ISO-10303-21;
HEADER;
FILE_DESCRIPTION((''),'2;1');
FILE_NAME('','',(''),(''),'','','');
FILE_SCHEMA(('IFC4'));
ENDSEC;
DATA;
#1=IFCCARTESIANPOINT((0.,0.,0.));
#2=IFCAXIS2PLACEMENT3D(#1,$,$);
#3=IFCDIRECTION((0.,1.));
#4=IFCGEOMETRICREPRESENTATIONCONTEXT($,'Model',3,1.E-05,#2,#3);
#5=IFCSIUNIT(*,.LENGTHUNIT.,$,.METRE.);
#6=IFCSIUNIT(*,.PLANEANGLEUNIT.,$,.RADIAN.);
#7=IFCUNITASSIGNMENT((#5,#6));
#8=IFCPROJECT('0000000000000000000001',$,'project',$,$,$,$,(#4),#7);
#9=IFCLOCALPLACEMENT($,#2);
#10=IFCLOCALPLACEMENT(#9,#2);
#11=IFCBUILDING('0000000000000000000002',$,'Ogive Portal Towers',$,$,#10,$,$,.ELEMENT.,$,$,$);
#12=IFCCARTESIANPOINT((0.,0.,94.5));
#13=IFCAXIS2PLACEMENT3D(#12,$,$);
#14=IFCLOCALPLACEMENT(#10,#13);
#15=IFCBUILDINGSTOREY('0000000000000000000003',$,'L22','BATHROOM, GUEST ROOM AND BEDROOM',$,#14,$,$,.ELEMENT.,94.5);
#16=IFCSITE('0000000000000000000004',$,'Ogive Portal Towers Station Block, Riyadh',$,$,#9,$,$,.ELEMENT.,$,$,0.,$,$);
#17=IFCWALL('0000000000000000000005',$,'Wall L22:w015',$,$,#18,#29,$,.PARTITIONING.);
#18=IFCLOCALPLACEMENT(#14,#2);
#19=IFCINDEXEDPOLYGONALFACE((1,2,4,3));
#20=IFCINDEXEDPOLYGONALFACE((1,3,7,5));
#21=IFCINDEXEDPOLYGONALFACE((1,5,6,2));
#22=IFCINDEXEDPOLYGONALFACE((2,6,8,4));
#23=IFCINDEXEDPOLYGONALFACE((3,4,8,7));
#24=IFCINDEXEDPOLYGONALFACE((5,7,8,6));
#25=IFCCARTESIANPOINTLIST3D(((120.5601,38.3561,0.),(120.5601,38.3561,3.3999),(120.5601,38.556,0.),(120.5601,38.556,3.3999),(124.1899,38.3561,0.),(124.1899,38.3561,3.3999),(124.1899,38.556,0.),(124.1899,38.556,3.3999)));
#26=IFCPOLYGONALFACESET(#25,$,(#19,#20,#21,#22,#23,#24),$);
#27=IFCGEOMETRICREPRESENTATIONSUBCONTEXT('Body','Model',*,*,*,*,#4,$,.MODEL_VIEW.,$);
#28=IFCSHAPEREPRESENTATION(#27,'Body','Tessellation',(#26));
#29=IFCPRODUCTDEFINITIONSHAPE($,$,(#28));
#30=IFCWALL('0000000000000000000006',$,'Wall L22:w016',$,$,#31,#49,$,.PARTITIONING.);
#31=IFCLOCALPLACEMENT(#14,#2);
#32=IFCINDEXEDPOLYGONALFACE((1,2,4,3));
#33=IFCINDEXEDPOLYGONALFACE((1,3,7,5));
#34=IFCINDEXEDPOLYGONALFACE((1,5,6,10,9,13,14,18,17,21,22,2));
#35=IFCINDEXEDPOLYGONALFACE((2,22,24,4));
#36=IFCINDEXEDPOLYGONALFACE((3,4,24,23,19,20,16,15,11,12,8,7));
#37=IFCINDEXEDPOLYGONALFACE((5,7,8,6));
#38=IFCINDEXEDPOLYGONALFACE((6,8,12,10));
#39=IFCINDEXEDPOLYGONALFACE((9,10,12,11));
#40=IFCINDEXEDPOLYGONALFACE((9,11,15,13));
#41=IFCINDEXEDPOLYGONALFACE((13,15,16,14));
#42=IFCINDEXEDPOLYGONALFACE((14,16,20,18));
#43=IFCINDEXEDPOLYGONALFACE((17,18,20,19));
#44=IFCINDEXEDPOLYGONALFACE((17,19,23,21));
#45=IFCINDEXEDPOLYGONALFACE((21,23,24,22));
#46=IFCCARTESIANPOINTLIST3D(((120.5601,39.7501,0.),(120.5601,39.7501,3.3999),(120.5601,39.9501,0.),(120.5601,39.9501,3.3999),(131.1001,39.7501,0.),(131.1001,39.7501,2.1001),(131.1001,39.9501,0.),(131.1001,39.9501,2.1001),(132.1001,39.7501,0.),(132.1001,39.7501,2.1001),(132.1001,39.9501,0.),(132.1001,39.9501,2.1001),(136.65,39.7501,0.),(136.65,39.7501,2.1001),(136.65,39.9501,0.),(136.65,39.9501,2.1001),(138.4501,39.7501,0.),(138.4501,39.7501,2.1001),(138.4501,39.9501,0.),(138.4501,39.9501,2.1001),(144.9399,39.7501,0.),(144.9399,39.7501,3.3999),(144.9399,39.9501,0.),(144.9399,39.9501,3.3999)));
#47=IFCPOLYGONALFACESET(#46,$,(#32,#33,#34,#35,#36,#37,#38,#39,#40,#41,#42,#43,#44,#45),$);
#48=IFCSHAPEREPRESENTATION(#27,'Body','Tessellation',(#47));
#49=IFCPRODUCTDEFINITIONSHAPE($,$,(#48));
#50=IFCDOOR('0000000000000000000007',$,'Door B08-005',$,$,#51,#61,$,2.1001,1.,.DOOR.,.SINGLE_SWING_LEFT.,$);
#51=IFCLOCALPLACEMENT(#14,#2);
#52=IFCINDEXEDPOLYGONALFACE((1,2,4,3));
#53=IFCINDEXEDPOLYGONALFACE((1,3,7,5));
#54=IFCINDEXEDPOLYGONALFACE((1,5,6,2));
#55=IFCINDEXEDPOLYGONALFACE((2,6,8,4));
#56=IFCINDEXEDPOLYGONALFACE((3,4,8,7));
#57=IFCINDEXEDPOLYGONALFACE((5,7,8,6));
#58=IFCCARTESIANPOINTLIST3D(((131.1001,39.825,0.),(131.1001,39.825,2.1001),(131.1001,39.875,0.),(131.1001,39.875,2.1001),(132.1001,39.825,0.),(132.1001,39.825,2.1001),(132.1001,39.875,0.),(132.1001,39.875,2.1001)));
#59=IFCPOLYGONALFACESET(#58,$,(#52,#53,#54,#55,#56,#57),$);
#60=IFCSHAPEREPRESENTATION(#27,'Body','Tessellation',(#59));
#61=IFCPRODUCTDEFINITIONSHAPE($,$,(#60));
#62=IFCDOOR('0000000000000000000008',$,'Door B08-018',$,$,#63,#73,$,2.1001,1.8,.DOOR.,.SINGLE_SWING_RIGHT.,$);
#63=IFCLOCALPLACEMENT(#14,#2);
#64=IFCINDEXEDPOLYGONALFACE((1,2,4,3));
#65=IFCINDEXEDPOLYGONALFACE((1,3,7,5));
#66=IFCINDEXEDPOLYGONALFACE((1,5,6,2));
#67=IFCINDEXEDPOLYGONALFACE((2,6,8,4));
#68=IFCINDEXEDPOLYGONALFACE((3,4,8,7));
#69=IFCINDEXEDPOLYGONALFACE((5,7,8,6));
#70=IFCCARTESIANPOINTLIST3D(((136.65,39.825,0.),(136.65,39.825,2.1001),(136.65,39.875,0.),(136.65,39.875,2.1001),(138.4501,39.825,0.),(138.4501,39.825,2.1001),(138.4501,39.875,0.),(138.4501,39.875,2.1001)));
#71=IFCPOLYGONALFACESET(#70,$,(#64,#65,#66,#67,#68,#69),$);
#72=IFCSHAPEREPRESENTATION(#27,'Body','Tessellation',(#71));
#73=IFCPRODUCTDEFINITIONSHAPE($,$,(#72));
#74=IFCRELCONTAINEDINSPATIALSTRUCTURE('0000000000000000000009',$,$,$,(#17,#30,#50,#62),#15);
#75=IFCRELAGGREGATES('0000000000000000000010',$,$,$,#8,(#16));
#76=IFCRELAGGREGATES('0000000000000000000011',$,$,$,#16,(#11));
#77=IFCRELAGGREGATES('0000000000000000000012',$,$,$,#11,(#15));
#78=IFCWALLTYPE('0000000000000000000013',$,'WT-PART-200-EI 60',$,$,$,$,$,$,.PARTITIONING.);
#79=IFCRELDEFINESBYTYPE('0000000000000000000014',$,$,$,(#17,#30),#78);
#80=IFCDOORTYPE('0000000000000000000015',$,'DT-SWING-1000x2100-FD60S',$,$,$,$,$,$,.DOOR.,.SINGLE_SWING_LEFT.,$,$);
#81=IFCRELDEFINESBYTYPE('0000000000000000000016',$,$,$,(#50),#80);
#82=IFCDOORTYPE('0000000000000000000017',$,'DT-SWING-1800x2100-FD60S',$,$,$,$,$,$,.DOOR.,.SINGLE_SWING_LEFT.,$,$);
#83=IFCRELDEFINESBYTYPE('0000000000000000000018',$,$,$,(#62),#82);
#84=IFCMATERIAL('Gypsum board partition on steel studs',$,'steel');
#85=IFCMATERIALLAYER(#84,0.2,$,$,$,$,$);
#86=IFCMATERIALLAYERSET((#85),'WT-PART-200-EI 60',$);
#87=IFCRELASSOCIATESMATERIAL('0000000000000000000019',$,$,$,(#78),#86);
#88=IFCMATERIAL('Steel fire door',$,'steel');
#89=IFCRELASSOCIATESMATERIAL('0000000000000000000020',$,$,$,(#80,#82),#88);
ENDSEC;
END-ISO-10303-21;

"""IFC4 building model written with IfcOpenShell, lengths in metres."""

from ifc_helpers import new_model, si_unit, direction, frame, frame_2d, origin, place, context, subcontext, project, spatial, rectangle, extrude, material, layer, layer_set, type_object, element, fill, save


model = new_model("IFC4")

# Units and contexts
model_context = context("Model", 3, precision=1e-05, world=origin(), true_north=direction((0.0, 1.0)))
body_context = subcontext(model_context, "Body", "Model", "MODEL_VIEW")
ifc_project = project(units=[si_unit("LENGTHUNIT", "METRE"), si_unit("PLANEANGLEUNIT", "RADIAN")], contexts=[model_context])

# Site, building, storey
site_placement = place(None, origin())
site = spatial("IfcSite", under=ifc_project, at=site_placement, Name="Ogive Portal Towers Station Block, Riyadh", CompositionType="ELEMENT", RefElevation=0.0)
building_placement = place(site_placement, origin())
building = spatial("IfcBuilding", under=site, at=building_placement, Name="Ogive Portal Towers", CompositionType="ELEMENT")
storey_placement = place(building_placement, frame((0.0, 0.0, 94.5)))
storey = spatial("IfcBuildingStorey", under=building, at=storey_placement, Name="L22", Description="BATHROOM, GUEST ROOM AND BEDROOM", CompositionType="ELEMENT", Elevation=94.5)

# Shared definitions
ifc_material_1 = material(Name="Steel fire door", Category="steel")

# Wall
ifc_material_2 = material(Name="Gypsum board partition on steel studs", Category="steel")
ifc_layer_1 = layer(ifc_material_2, 0.2)
ifc_layer_set_1 = layer_set([ifc_layer_1], Name="WT-PART-200-EI 60")
wall_type_1 = type_object("IfcWallType", Name="WT-PART-200-EI 60", PredefinedType="PARTITIONING", material=ifc_layer_set_1)
for number, where, z_axis, x_axis, name in (
    (1, (120.5601, 38.4561, 0.0), (0.0, 0.0, 1.0), (1.0, 0.0, 0.0), "Wall L22:w015"),
):
    element("IfcWall", number, at=place(storey_placement, frame(where, z_axis=z_axis, x_axis=x_axis)), inside=storey, type_object=wall_type_1, Name=name, PredefinedType="PARTITIONING", context=body_context, shape_type="SweptSolid", body=[
        extrude(rectangle(XDim=3.6299, YDim=0.2, at=frame_2d((1.8149, 0.0))), origin(), (0.0, 0.0, 1.0), 3.3999),
    ])

# Wall, openings, doors
wall_1_placement = place(storey_placement, frame((120.5601, 39.8501, 0.0), z_axis=(0.0, 0.0, 1.0), x_axis=(1.0, 0.0, 0.0)))
wall_1 = element("IfcWall", 2, at=wall_1_placement, inside=storey, type_object=wall_type_1, Name="Wall L22:w016", PredefinedType="PARTITIONING", context=body_context, shape_type="SweptSolid", body=[
    extrude(rectangle(XDim=24.3799, YDim=0.2, at=frame_2d((12.1899, 0.0))), origin(), (0.0, 0.0, 1.0), 3.3999),
])
opening_1_placement = place(wall_1_placement, frame((10.54, 0.0, 0.0)))
opening_1 = element("IfcOpeningElement", 3, at=opening_1_placement, cuts=wall_1, PredefinedType="OPENING", context=body_context, shape_type="SweptSolid", body=[
    extrude(rectangle(XDim=1.0, YDim=2.1001, at=frame_2d((0.5, 1.05))), frame((0.0, 0.1099, 0.0), z_axis=(0.0, -1.0, 0.0), x_axis=(1.0, 0.0, 0.0)), (0.0, 0.0, 1.0), 0.22),
])
opening_2_placement = place(wall_1_placement, frame((16.0901, 0.0, 0.0)))
opening_2 = element("IfcOpeningElement", 4, at=opening_2_placement, cuts=wall_1, PredefinedType="OPENING", context=body_context, shape_type="SweptSolid", body=[
    extrude(rectangle(XDim=1.8, YDim=2.1001, at=frame_2d((0.8999, 1.05))), frame((0.0, 0.1099, 0.0), z_axis=(0.0, -1.0, 0.0), x_axis=(1.0, 0.0, 0.0)), (0.0, 0.0, 1.0), 0.22),
])
door_type_1 = type_object("IfcDoorType", Name="DT-SWING-1000x2100-FD60S", OperationType="SINGLE_SWING_LEFT", PredefinedType="DOOR", material=ifc_material_1)
door_1_placement = place(opening_1_placement, origin())
door_1 = element("IfcDoor", 5, at=door_1_placement, inside=storey, type_object=door_type_1, Name="Door B08-005", OperationType="SINGLE_SWING_LEFT", OverallHeight=2.1001, OverallWidth=1.0, PredefinedType="DOOR", context=body_context, shape_type="SweptSolid", body=[
    extrude(rectangle(XDim=1.0, YDim=2.1001, at=frame_2d((0.5, 1.05))), frame((0.0, 0.0249, 0.0), z_axis=(0.0, -1.0, 0.0), x_axis=(1.0, 0.0, 0.0)), (0.0, 0.0, 1.0), 0.05),
])
fill(opening_1, door_1)
door_type_2 = type_object("IfcDoorType", Name="DT-SWING-1800x2100-FD60S", OperationType="SINGLE_SWING_LEFT", PredefinedType="DOOR", material=ifc_material_1)
door_2_placement = place(opening_2_placement, origin())
door_2 = element("IfcDoor", 6, at=door_2_placement, inside=storey, type_object=door_type_2, Name="Door B08-018", OperationType="SINGLE_SWING_RIGHT", OverallHeight=2.1001, OverallWidth=1.8, PredefinedType="DOOR", context=body_context, shape_type="SweptSolid", body=[
    extrude(rectangle(XDim=1.8, YDim=2.1001, at=frame_2d((0.8999, 1.05))), frame((0.0, 0.0249, 0.0), z_axis=(0.0, -1.0, 0.0), x_axis=(1.0, 0.0, 0.0)), (0.0, 0.0, 1.0), 0.05),
])
fill(opening_2, door_2)

save(model, "model.ifc")
